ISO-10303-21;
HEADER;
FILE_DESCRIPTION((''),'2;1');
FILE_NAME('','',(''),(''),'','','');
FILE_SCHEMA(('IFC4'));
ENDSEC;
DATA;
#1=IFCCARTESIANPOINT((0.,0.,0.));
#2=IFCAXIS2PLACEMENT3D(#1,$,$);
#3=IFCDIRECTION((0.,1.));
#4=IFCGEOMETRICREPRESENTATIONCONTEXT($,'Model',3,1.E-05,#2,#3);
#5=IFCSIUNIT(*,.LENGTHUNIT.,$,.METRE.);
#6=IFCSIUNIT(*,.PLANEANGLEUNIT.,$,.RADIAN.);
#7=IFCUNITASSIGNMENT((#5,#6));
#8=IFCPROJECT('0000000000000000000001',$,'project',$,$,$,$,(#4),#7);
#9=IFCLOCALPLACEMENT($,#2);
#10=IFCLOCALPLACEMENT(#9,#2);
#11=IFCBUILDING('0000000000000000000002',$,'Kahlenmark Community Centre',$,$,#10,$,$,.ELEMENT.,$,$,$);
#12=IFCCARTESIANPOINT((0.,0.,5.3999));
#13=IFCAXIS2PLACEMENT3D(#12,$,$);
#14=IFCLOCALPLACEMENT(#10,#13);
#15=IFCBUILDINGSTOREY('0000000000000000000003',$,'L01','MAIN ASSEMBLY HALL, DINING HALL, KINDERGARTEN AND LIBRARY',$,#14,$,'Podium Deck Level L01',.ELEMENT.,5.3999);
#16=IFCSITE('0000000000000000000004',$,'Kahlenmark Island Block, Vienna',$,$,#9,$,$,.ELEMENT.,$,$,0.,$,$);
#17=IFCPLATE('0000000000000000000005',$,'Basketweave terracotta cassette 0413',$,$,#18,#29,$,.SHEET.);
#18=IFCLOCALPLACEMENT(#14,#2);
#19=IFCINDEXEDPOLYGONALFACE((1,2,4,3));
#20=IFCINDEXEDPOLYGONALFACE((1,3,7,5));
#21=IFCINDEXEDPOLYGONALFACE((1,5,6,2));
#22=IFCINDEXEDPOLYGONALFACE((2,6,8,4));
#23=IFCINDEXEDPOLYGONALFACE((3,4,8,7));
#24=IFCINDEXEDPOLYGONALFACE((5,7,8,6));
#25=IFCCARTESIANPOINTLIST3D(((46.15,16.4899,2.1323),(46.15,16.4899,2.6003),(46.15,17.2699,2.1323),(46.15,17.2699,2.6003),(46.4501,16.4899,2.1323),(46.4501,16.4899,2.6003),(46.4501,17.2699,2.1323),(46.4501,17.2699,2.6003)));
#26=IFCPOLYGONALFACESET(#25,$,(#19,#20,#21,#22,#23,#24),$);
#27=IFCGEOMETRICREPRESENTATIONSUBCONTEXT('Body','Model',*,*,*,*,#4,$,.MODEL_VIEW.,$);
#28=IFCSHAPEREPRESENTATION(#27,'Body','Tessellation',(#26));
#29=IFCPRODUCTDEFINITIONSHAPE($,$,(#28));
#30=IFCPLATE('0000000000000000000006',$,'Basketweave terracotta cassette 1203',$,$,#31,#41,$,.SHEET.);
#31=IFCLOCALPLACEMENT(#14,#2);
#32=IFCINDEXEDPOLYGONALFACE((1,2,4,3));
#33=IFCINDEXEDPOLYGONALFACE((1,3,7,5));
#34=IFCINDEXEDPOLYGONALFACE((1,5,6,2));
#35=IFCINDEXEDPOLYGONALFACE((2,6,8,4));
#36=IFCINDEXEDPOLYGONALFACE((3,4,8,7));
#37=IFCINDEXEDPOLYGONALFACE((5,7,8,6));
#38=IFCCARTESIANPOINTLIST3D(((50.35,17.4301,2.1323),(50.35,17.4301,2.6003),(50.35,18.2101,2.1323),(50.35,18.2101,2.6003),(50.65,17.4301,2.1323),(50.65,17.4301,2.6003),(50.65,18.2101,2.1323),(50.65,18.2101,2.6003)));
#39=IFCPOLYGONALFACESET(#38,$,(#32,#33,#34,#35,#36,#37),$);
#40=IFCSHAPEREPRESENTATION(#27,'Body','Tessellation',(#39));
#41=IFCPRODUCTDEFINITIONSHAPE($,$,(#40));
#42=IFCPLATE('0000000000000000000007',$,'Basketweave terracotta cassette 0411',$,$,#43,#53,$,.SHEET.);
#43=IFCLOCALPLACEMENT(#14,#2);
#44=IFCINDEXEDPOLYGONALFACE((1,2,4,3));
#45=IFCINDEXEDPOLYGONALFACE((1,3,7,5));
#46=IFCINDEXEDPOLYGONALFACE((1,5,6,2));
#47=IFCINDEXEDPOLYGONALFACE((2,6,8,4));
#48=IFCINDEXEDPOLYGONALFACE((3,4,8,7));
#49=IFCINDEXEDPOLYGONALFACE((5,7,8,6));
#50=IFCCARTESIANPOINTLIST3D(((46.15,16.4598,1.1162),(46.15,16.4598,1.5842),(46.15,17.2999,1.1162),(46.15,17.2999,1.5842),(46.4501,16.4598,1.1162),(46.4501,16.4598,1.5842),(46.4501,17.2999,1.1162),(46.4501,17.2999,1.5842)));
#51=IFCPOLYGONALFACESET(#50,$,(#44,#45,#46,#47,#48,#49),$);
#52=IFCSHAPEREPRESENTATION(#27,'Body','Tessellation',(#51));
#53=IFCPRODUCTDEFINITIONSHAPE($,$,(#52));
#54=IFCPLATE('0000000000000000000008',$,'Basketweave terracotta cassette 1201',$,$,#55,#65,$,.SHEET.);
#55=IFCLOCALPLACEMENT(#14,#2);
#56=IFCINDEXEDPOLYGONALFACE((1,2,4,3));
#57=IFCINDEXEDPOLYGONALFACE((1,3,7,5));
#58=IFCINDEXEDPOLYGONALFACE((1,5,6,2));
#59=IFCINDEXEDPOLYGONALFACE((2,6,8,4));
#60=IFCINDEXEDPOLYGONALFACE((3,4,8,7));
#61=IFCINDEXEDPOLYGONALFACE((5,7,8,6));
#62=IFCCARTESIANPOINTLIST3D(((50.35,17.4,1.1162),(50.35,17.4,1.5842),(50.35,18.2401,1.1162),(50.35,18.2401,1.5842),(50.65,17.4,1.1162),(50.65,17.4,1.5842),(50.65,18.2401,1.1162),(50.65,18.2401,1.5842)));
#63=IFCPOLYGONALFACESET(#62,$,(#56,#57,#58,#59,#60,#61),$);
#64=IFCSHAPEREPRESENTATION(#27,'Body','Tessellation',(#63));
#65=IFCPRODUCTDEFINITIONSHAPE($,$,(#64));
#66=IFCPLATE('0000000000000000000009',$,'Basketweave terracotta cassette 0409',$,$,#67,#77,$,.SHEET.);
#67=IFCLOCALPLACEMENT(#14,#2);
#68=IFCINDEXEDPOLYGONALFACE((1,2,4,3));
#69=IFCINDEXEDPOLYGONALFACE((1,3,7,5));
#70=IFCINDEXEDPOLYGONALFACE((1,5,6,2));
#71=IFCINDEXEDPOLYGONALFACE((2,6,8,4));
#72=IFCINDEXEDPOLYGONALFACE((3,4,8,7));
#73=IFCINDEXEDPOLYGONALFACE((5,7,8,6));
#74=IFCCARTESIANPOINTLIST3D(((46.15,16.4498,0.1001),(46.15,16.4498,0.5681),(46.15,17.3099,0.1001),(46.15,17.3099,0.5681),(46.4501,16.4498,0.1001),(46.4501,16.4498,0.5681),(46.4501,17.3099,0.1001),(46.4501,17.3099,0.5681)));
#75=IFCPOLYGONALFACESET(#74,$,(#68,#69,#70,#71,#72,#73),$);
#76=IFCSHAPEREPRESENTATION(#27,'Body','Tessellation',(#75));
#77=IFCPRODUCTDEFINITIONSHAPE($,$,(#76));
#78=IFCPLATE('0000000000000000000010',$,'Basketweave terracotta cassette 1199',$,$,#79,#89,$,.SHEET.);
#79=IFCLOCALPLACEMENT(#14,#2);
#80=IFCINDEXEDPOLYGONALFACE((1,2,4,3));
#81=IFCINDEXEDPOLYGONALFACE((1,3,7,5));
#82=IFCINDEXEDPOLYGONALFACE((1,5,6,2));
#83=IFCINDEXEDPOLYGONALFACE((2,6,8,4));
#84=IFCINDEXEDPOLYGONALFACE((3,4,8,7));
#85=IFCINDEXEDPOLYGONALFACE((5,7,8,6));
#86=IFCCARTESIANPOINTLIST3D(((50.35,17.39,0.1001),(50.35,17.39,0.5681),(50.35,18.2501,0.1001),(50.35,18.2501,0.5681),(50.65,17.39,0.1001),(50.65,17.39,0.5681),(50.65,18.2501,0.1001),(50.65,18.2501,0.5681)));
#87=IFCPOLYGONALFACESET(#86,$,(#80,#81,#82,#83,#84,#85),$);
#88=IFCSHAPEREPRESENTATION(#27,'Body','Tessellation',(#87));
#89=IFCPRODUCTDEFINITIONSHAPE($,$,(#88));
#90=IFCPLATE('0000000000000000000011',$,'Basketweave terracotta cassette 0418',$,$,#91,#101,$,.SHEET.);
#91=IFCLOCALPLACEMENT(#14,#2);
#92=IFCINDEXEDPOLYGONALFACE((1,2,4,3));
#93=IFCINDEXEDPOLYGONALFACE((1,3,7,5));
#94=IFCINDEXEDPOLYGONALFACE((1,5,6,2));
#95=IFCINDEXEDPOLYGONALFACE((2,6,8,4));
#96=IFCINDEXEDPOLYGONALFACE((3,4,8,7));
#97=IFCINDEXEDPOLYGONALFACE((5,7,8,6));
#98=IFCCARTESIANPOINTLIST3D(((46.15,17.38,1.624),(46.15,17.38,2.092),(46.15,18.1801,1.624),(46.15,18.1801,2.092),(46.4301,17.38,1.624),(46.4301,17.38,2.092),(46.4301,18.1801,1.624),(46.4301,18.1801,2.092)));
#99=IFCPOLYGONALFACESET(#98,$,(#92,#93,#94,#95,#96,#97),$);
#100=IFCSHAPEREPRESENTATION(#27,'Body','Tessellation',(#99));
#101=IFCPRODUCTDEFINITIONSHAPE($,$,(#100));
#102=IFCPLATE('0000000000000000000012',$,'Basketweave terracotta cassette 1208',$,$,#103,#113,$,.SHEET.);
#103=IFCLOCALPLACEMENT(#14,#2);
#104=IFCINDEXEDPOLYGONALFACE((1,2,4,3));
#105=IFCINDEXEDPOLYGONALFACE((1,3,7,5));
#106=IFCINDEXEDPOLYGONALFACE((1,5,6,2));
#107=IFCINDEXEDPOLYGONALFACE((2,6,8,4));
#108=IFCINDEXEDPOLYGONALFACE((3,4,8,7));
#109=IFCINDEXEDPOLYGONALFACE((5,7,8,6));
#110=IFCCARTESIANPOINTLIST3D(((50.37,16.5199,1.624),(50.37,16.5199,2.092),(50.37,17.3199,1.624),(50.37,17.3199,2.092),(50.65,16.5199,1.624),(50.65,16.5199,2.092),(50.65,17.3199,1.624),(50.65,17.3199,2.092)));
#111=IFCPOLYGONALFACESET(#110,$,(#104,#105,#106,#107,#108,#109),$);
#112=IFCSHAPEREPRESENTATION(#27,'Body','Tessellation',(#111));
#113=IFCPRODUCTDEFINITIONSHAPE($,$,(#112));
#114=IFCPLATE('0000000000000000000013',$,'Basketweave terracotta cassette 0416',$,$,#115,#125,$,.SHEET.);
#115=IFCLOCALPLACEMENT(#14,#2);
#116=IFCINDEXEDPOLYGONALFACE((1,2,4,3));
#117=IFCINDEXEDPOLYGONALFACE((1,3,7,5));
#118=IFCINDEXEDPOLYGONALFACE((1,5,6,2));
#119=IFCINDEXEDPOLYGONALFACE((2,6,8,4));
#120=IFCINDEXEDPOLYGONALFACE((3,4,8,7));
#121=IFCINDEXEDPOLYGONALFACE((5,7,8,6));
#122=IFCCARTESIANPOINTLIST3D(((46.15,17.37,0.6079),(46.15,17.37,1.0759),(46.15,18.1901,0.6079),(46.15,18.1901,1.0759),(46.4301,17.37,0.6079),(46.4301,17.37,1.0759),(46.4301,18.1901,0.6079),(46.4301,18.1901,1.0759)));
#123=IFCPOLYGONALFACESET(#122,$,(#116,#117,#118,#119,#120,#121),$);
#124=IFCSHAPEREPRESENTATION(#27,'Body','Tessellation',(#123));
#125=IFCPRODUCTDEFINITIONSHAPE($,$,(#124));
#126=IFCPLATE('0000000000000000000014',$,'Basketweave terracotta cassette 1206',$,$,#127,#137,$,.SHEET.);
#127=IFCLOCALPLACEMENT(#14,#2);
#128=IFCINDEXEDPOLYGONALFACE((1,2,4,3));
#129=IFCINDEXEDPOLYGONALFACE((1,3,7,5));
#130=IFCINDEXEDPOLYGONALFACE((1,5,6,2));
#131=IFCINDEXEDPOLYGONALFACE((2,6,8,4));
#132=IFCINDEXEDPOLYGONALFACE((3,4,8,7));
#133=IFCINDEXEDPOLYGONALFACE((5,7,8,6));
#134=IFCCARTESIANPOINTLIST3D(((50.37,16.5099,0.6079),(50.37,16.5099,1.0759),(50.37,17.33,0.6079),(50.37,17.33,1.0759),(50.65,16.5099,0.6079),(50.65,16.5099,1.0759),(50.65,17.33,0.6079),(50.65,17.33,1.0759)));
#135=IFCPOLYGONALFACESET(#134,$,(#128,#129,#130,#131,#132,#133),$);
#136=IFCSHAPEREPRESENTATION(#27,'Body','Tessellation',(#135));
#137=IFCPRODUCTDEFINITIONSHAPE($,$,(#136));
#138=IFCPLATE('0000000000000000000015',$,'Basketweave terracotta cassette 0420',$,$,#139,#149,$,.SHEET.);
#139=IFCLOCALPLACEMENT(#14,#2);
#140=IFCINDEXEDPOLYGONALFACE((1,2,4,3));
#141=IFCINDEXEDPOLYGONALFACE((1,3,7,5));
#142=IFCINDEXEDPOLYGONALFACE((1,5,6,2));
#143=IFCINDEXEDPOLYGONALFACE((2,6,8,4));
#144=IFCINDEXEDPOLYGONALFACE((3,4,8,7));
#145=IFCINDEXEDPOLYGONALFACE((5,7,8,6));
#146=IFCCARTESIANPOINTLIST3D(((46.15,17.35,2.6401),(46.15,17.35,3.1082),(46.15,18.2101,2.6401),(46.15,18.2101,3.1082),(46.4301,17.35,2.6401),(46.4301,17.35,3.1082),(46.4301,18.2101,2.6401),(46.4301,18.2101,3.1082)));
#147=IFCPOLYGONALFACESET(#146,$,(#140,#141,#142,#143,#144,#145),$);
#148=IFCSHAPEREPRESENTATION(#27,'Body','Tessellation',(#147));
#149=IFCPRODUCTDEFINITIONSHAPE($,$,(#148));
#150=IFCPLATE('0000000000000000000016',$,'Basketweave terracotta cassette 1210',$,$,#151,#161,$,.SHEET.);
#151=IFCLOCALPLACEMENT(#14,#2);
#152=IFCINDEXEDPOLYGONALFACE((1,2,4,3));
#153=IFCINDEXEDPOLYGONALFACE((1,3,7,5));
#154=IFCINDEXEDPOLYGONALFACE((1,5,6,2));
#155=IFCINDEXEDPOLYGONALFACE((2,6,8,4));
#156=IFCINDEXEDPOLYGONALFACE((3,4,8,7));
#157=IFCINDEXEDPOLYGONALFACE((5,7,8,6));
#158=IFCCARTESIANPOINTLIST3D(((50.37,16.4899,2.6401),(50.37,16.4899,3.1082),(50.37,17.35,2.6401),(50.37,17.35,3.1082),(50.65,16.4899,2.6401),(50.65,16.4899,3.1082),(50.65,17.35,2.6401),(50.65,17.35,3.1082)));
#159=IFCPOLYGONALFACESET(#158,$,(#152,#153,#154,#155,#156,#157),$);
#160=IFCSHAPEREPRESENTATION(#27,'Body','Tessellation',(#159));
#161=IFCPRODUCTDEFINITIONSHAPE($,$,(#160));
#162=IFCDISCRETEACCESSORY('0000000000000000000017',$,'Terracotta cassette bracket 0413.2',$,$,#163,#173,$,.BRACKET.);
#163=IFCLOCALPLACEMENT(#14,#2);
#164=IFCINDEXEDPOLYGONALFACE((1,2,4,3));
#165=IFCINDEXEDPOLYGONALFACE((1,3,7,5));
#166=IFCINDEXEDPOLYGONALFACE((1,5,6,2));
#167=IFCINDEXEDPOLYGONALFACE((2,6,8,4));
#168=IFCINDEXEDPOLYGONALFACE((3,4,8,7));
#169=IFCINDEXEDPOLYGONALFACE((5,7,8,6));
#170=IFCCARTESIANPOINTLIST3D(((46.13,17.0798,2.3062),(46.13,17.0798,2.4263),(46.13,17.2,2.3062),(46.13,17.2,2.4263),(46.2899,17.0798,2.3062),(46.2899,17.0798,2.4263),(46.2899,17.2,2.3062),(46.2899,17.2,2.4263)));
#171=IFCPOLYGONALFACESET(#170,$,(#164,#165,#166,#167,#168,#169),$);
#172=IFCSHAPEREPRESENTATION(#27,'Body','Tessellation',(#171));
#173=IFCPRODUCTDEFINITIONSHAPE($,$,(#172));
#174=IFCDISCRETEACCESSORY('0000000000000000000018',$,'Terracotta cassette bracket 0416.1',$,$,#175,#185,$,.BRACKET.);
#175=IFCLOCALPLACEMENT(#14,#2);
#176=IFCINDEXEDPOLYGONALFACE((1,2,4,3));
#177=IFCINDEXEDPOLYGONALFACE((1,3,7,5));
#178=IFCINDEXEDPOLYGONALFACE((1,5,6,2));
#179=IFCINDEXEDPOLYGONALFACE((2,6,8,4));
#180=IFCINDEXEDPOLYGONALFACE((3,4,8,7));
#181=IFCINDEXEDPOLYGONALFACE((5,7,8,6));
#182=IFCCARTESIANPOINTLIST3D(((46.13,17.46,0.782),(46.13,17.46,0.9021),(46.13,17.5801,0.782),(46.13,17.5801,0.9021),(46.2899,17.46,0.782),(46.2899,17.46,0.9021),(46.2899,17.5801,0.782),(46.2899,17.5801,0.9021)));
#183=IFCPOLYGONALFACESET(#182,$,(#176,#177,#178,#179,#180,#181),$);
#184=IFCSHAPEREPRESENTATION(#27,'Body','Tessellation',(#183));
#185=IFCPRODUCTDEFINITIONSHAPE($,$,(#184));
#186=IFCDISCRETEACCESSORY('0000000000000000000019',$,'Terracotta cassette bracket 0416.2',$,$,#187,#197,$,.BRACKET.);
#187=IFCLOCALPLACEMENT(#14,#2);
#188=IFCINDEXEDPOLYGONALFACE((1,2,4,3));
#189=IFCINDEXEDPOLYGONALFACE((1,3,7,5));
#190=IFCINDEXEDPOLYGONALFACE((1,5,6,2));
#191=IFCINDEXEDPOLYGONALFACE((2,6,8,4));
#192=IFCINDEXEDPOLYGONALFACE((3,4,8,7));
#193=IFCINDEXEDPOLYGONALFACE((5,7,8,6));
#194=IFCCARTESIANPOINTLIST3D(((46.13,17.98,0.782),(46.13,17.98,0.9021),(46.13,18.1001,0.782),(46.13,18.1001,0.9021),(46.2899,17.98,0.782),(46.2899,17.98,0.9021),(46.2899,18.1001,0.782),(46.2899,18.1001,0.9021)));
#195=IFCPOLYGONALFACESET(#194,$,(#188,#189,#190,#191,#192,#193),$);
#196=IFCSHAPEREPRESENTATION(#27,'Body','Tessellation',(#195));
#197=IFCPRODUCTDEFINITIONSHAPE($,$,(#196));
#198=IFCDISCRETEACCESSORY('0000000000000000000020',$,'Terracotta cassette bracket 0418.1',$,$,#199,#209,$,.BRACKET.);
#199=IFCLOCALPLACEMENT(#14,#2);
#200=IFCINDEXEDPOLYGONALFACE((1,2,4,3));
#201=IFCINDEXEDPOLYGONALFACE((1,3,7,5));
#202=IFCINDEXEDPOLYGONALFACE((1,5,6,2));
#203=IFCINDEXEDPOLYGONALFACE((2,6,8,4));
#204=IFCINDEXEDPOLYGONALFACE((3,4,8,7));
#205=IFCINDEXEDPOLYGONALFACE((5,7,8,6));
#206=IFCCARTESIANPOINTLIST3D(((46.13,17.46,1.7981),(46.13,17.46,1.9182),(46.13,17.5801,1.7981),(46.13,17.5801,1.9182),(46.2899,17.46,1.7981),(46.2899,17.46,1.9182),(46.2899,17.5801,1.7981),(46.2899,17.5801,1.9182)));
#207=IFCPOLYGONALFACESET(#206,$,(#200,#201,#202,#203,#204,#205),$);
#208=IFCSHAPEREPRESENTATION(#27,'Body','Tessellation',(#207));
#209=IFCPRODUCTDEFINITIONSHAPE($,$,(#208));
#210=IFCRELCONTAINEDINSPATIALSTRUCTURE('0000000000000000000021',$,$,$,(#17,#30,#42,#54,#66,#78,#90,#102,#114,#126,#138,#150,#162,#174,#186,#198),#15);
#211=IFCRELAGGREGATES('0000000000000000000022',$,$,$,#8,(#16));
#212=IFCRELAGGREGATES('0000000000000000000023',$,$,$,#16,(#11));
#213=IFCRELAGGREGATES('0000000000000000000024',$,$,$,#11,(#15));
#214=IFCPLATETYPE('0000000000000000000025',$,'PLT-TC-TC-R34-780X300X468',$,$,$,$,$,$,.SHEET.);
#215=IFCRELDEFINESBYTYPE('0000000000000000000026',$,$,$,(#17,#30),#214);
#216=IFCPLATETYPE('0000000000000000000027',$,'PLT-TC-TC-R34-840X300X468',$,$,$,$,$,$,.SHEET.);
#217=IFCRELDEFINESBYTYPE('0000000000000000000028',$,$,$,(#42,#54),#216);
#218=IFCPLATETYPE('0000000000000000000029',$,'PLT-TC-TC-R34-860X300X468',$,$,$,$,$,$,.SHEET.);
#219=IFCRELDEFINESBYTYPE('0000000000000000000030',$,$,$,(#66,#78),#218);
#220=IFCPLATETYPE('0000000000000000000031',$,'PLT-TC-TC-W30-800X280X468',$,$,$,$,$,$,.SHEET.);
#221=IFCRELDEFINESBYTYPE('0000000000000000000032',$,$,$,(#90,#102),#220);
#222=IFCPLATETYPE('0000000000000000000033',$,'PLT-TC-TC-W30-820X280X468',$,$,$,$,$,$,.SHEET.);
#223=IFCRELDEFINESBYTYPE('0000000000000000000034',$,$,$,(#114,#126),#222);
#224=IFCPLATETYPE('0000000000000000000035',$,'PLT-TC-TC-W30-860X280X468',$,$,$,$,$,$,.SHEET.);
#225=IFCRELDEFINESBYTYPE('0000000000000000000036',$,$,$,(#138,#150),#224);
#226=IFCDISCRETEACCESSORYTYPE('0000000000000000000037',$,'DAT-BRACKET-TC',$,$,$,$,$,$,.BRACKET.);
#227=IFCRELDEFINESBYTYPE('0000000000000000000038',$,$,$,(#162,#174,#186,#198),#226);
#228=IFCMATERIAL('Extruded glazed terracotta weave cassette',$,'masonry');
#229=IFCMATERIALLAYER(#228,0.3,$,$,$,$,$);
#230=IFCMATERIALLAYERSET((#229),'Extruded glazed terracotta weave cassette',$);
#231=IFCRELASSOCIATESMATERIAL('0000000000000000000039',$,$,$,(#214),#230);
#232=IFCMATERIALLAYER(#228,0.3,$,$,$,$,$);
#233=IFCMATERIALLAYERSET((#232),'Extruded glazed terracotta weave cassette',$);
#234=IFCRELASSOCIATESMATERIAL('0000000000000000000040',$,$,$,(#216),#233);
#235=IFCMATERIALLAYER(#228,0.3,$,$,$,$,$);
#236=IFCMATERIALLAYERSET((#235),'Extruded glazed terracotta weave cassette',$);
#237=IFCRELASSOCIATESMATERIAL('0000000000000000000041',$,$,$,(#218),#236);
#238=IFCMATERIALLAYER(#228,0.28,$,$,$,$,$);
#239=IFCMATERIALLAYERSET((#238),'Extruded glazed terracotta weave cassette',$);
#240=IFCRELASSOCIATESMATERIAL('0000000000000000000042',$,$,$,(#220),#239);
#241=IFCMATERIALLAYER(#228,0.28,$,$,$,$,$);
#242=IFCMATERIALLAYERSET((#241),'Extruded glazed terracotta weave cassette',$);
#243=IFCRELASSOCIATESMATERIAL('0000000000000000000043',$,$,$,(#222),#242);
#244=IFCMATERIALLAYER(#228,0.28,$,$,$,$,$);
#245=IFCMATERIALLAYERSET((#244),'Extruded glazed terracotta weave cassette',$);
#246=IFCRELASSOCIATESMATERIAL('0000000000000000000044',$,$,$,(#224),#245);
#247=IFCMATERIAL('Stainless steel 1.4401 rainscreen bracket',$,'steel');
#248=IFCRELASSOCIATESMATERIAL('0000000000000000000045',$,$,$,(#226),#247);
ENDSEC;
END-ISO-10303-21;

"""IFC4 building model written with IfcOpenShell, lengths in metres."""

from ifc_helpers import new_model, si_unit, direction, frame, origin, origin_2d, place, context, subcontext, project, spatial, rectangle, extrude, material, layer, layer_set, type_object, element, save


model = new_model("IFC4")

# Units and contexts
model_context = context("Model", 3, precision=1e-05, world=origin(), true_north=direction((0.0, 1.0)))
body_context = subcontext(model_context, "Body", "Model", "MODEL_VIEW")
ifc_project = project(units=[si_unit("LENGTHUNIT", "METRE"), si_unit("PLANEANGLEUNIT", "RADIAN")], contexts=[model_context])

# Site, building, storey
site_placement = place(None, origin())
site = spatial("IfcSite", under=ifc_project, at=site_placement, Name="Kahlenmark Island Block, Vienna", CompositionType="ELEMENT", RefElevation=0.0)
building_placement = place(site_placement, origin())
building = spatial("IfcBuilding", under=site, at=building_placement, Name="Kahlenmark Community Centre", CompositionType="ELEMENT")
storey_placement = place(building_placement, frame((0.0, 0.0, 5.3999)))
storey = spatial("IfcBuildingStorey", under=building, at=storey_placement, Name="L01", Description="MAIN ASSEMBLY HALL, DINING HALL, KINDERGARTEN AND LIBRARY", LongName="Podium Deck Level L01", CompositionType="ELEMENT", Elevation=5.3999)

# Plates
ifc_material_1 = material(Name="Extruded glazed terracotta weave cassette", Category="masonry")
ifc_layer_1 = layer(ifc_material_1, 0.3)
ifc_layer_set_1 = layer_set([ifc_layer_1], Name="Extruded glazed terracotta weave cassette")
plate_type_1 = type_object("IfcPlateType", Name="PLT-TC-TC-R34-780X300X468", PredefinedType="SHEET", material=ifc_layer_set_1)
for number, where, z_axis, x_axis, name in (
    (1, (46.3, 16.8799, 2.1323), (0.0, 0.0, 1.0), (0.0, 1.0, 0.0), "Basketweave terracotta cassette 0413"),
    (2, (50.5, 17.8201, 2.1323), (0.0, 0.0, 1.0), (0.0, -1.0, 0.0), "Basketweave terracotta cassette 1203"),
):
    element("IfcPlate", number, at=place(storey_placement, frame(where, z_axis=z_axis, x_axis=x_axis)), inside=storey, type_object=plate_type_1, Name=name, PredefinedType="SHEET", context=body_context, shape_type="SweptSolid", body=[
        extrude(rectangle(XDim=0.78, YDim=0.3, at=origin_2d()), origin(), (0.0, 0.0, 1.0), 0.468),
    ])
ifc_layer_2 = layer(ifc_material_1, 0.3)
ifc_layer_set_2 = layer_set([ifc_layer_2], Name="Extruded glazed terracotta weave cassette")
plate_type_2 = type_object("IfcPlateType", Name="PLT-TC-TC-R34-840X300X468", PredefinedType="SHEET", material=ifc_layer_set_2)
for number, where, z_axis, x_axis, name in (
    (3, (46.3, 16.8799, 1.1162), (0.0, 0.0, 1.0), (0.0, 1.0, 0.0), "Basketweave terracotta cassette 0411"),
    (4, (50.5, 17.8201, 1.1162), (0.0, 0.0, 1.0), (0.0, -1.0, 0.0), "Basketweave terracotta cassette 1201"),
):
    element("IfcPlate", number, at=place(storey_placement, frame(where, z_axis=z_axis, x_axis=x_axis)), inside=storey, type_object=plate_type_2, Name=name, PredefinedType="SHEET", context=body_context, shape_type="SweptSolid", body=[
        extrude(rectangle(XDim=0.8401, YDim=0.3, at=origin_2d()), origin(), (0.0, 0.0, 1.0), 0.468),
    ])
ifc_layer_3 = layer(ifc_material_1, 0.3)
ifc_layer_set_3 = layer_set([ifc_layer_3], Name="Extruded glazed terracotta weave cassette")
plate_type_3 = type_object("IfcPlateType", Name="PLT-TC-TC-R34-860X300X468", PredefinedType="SHEET", material=ifc_layer_set_3)
for number, where, z_axis, x_axis, name in (
    (5, (46.3, 16.8799, 0.1001), (0.0, 0.0, 1.0), (0.0, 1.0, 0.0), "Basketweave terracotta cassette 0409"),
    (6, (50.5, 17.8201, 0.1001), (0.0, 0.0, 1.0), (0.0, -1.0, 0.0), "Basketweave terracotta cassette 1199"),
):
    element("IfcPlate", number, at=place(storey_placement, frame(where, z_axis=z_axis, x_axis=x_axis)), inside=storey, type_object=plate_type_3, Name=name, PredefinedType="SHEET", context=body_context, shape_type="SweptSolid", body=[
        extrude(rectangle(XDim=0.8601, YDim=0.3, at=origin_2d()), origin(), (0.0, 0.0, 1.0), 0.468),
    ])
ifc_layer_4 = layer(ifc_material_1, 0.28)
ifc_layer_set_4 = layer_set([ifc_layer_4], Name="Extruded glazed terracotta weave cassette")
plate_type_4 = type_object("IfcPlateType", Name="PLT-TC-TC-W30-800X280X468", PredefinedType="SHEET", material=ifc_layer_set_4)
for number, where, z_axis, x_axis, name in (
    (7, (46.29, 17.78, 1.624), (0.0, 0.0, 1.0), (0.0, 1.0, 0.0), "Basketweave terracotta cassette 0418"),
    (8, (50.51, 16.9199, 1.624), (0.0, 0.0, 1.0), (0.0, -1.0, 0.0), "Basketweave terracotta cassette 1208"),
):
    element("IfcPlate", number, at=place(storey_placement, frame(where, z_axis=z_axis, x_axis=x_axis)), inside=storey, type_object=plate_type_4, Name=name, PredefinedType="SHEET", context=body_context, shape_type="SweptSolid", body=[
        extrude(rectangle(XDim=0.8, YDim=0.28, at=origin_2d()), origin(), (0.0, 0.0, 1.0), 0.468),
    ])
ifc_layer_5 = layer(ifc_material_1, 0.28)
ifc_layer_set_5 = layer_set([ifc_layer_5], Name="Extruded glazed terracotta weave cassette")
plate_type_5 = type_object("IfcPlateType", Name="PLT-TC-TC-W30-820X280X468", PredefinedType="SHEET", material=ifc_layer_set_5)
for number, where, z_axis, x_axis, name in (
    (9, (46.29, 17.78, 0.6079), (0.0, 0.0, 1.0), (0.0, 1.0, 0.0), "Basketweave terracotta cassette 0416"),
    (10, (50.51, 16.9199, 0.6079), (0.0, 0.0, 1.0), (0.0, -1.0, 0.0), "Basketweave terracotta cassette 1206"),
):
    element("IfcPlate", number, at=place(storey_placement, frame(where, z_axis=z_axis, x_axis=x_axis)), inside=storey, type_object=plate_type_5, Name=name, PredefinedType="SHEET", context=body_context, shape_type="SweptSolid", body=[
        extrude(rectangle(XDim=0.8201, YDim=0.28, at=origin_2d()), origin(), (0.0, 0.0, 1.0), 0.468),
    ])
ifc_layer_6 = layer(ifc_material_1, 0.28)
ifc_layer_set_6 = layer_set([ifc_layer_6], Name="Extruded glazed terracotta weave cassette")
plate_type_6 = type_object("IfcPlateType", Name="PLT-TC-TC-W30-860X280X468", PredefinedType="SHEET", material=ifc_layer_set_6)
for number, where, z_axis, x_axis, name in (
    (11, (46.29, 17.78, 2.6401), (0.0, 0.0, 1.0), (0.0, 1.0, 0.0), "Basketweave terracotta cassette 0420"),
    (12, (50.51, 16.9199, 2.6401), (0.0, 0.0, 1.0), (0.0, -1.0, 0.0), "Basketweave terracotta cassette 1210"),
):
    element("IfcPlate", number, at=place(storey_placement, frame(where, z_axis=z_axis, x_axis=x_axis)), inside=storey, type_object=plate_type_6, Name=name, PredefinedType="SHEET", context=body_context, shape_type="SweptSolid", body=[
        extrude(rectangle(XDim=0.8601, YDim=0.28, at=origin_2d()), origin(), (0.0, 0.0, 1.0), 0.468),
    ])

# Discrete accessories
ifc_material_2 = material(Name="Stainless steel 1.4401 rainscreen bracket", Category="steel")
discrete_accessory_type = type_object("IfcDiscreteAccessoryType", Name="DAT-BRACKET-TC", PredefinedType="BRACKET", material=ifc_material_2)
for number, where, z_axis, x_axis, name in (
    (13, (46.21, 17.1399, 2.3062), (0.0, 0.0, 1.0), (0.0, 1.0, 0.0), "Terracotta cassette bracket 0413.2"),
    (14, (46.21, 17.52, 0.782), (0.0, 0.0, 1.0), (0.0, 1.0, 0.0), "Terracotta cassette bracket 0416.1"),
    (15, (46.21, 18.04, 0.782), (0.0, 0.0, 1.0), (0.0, 1.0, 0.0), "Terracotta cassette bracket 0416.2"),
    (16, (46.21, 17.52, 1.7981), (0.0, 0.0, 1.0), (0.0, 1.0, 0.0), "Terracotta cassette bracket 0418.1"),
):
    element("IfcDiscreteAccessory", number, at=place(storey_placement, frame(where, z_axis=z_axis, x_axis=x_axis)), inside=storey, type_object=discrete_accessory_type, Name=name, PredefinedType="BRACKET", context=body_context, shape_type="SweptSolid", body=[
        extrude(rectangle(XDim=0.1201, YDim=0.1599, at=origin_2d()), origin(), (0.0, 0.0, 1.0), 0.1201),
    ])

save(model, "model.ifc")
